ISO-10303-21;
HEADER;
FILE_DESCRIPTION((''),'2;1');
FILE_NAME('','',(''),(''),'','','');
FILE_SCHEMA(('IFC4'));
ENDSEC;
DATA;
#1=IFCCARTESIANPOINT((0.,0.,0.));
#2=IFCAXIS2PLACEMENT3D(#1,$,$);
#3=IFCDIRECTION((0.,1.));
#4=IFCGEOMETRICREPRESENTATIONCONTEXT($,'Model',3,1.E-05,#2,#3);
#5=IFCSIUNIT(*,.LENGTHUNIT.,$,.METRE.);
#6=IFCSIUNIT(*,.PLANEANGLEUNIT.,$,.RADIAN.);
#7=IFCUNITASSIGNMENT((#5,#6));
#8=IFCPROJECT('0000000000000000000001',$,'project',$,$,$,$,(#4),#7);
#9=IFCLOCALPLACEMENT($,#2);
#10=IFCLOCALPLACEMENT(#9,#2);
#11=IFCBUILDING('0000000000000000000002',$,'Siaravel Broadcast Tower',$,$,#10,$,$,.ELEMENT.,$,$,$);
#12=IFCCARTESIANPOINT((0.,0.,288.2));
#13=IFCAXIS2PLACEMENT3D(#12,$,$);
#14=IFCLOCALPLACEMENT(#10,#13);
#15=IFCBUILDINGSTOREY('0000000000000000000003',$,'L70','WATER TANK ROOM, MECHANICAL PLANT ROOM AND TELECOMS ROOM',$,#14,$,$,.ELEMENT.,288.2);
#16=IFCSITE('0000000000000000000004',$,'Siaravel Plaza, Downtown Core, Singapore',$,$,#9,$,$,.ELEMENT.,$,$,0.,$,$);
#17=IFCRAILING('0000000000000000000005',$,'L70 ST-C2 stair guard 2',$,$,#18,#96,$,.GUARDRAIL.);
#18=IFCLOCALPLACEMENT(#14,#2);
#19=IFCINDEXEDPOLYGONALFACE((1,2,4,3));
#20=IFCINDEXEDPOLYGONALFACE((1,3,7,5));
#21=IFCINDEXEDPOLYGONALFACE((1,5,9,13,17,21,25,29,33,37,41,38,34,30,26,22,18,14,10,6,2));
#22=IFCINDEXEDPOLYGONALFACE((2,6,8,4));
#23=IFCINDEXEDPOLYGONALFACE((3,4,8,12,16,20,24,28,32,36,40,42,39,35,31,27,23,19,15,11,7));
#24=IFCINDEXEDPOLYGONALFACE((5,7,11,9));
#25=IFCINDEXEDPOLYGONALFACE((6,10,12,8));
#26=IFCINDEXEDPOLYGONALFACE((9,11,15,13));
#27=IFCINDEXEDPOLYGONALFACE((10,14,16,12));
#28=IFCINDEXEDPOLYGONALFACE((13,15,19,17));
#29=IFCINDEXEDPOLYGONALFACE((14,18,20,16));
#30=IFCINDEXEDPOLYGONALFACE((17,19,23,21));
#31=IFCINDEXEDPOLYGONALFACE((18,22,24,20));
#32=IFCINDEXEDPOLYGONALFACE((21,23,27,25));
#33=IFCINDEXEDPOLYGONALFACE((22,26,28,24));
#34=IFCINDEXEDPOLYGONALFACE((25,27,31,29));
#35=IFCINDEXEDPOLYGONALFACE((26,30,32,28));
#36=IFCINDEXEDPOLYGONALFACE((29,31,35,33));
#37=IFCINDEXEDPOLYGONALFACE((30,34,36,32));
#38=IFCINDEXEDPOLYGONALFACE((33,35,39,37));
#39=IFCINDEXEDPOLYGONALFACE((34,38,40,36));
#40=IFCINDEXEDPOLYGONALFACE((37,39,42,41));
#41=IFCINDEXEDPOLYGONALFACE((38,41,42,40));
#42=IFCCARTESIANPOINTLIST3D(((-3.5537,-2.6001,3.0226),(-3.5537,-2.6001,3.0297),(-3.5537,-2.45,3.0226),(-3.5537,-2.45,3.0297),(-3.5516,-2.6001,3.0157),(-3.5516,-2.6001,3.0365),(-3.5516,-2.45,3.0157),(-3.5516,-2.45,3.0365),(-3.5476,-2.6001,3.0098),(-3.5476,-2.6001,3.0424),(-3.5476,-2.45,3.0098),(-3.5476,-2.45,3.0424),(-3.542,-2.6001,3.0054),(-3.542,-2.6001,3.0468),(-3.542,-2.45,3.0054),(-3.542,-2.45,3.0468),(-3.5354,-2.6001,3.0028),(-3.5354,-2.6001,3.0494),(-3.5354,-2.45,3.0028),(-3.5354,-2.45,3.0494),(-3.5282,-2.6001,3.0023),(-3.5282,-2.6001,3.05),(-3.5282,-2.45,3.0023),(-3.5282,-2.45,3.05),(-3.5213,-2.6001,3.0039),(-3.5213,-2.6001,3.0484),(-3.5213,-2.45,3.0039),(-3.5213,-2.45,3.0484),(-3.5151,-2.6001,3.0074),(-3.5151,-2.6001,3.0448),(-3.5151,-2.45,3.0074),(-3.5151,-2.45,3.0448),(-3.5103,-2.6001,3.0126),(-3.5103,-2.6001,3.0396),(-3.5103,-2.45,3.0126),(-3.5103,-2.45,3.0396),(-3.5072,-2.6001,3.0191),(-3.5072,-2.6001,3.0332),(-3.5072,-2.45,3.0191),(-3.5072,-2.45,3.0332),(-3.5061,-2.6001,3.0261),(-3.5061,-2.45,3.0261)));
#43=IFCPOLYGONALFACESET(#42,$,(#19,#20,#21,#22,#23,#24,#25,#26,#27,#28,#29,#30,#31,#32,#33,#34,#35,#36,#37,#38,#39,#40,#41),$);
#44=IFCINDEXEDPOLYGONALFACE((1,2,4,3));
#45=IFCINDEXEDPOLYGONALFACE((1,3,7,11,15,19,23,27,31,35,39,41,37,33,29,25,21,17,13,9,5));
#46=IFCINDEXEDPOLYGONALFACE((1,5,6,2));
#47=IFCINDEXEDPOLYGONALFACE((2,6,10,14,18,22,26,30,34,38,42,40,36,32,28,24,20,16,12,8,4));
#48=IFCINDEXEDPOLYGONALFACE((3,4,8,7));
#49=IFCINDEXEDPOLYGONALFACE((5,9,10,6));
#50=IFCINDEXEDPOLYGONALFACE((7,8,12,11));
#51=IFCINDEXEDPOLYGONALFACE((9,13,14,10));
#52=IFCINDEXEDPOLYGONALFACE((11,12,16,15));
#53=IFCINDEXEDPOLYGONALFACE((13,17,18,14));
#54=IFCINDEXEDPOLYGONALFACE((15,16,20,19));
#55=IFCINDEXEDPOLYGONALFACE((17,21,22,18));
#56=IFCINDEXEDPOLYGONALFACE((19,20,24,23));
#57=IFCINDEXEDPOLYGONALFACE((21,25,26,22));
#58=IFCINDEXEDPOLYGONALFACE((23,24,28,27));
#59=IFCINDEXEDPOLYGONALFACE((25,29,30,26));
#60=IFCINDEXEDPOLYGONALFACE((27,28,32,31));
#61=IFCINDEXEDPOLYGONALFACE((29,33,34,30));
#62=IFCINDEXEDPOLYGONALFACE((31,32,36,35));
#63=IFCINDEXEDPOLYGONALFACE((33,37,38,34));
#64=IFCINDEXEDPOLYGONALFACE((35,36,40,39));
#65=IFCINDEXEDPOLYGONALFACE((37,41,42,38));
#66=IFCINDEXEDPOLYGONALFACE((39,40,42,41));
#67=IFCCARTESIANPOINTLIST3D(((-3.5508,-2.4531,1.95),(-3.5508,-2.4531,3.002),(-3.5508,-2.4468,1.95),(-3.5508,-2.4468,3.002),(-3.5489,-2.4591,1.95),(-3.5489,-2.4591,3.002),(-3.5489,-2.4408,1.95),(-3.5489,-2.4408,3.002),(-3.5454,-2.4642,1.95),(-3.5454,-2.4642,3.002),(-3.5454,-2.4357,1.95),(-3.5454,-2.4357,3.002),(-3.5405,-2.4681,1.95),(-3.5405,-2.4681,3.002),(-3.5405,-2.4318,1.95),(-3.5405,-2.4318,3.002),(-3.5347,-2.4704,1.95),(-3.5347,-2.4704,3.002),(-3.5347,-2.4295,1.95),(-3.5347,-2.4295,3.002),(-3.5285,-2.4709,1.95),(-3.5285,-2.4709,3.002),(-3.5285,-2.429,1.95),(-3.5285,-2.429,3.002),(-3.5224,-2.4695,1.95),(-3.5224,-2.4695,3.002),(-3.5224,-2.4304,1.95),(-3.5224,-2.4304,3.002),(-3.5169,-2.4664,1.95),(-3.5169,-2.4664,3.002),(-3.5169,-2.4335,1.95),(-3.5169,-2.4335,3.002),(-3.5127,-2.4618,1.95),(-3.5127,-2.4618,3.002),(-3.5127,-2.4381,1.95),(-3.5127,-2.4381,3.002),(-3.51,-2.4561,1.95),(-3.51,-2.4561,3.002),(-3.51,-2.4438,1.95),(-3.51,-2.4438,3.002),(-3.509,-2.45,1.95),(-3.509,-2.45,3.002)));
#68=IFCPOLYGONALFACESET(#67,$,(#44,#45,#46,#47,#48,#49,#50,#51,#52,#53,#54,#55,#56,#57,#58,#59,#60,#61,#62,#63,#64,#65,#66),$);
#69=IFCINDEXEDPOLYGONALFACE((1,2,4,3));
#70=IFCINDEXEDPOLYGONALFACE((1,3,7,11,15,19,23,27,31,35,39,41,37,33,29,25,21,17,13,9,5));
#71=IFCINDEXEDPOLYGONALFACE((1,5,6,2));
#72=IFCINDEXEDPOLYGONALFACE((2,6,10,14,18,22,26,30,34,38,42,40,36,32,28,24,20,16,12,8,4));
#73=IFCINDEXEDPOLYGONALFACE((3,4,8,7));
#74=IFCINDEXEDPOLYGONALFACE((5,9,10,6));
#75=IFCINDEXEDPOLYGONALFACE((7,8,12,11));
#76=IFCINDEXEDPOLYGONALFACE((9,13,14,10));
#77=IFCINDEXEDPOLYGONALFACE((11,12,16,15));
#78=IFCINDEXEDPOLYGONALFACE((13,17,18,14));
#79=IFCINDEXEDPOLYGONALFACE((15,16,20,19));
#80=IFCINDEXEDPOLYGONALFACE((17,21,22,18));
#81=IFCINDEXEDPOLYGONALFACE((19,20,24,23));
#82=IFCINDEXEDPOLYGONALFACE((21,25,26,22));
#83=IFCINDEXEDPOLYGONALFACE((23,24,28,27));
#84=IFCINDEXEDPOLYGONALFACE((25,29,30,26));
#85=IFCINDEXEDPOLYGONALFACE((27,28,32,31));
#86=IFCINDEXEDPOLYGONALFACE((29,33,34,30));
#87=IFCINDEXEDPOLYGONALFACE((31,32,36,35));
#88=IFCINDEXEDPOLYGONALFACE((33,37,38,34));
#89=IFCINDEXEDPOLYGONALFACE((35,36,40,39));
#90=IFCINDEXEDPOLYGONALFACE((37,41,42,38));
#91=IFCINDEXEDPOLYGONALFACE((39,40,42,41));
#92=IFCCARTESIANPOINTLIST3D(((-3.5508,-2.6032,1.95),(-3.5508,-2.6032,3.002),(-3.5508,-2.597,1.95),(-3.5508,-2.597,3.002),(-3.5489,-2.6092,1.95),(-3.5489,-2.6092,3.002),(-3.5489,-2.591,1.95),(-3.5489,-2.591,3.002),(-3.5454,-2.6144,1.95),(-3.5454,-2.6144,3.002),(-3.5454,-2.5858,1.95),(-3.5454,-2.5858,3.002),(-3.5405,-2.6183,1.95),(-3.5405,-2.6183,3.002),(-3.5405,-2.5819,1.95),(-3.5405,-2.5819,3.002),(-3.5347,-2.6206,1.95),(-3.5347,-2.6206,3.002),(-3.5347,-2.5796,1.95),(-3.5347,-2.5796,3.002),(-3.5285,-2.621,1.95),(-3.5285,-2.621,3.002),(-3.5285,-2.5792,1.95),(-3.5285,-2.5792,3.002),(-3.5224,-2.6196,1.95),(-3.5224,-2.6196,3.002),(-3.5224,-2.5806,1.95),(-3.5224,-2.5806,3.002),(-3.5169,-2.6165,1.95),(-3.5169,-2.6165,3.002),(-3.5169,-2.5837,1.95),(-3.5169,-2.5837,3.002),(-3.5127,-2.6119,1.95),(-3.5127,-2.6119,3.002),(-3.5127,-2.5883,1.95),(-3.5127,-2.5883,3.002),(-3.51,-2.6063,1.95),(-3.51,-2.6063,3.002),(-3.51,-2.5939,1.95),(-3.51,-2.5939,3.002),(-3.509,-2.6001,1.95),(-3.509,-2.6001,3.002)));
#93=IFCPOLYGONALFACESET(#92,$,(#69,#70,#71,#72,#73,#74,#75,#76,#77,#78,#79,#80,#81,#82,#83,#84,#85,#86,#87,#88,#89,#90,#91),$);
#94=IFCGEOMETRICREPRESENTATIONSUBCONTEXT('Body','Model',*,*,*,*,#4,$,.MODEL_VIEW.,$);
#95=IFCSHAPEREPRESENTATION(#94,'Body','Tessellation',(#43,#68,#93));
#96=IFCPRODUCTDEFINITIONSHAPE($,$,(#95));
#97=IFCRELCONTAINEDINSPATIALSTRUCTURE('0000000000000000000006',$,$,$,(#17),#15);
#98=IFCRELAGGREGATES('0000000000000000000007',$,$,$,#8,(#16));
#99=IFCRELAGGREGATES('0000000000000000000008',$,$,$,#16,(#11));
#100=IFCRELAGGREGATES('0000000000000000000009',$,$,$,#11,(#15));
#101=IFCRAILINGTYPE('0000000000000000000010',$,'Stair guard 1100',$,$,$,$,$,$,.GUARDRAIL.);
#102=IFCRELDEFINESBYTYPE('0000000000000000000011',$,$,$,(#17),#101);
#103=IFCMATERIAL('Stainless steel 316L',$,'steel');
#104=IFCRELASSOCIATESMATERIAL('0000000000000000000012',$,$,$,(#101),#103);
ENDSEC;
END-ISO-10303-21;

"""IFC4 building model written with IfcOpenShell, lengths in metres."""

from ifc_helpers import new_model, si_unit, direction, frame, origin, origin_2d, place, context, subcontext, project, spatial, circle, extrude, material, type_object, element, save


model = new_model("IFC4")

# Units and contexts
model_context = context("Model", 3, precision=1e-05, world=origin(), true_north=direction((0.0, 1.0)))
body_context = subcontext(model_context, "Body", "Model", "MODEL_VIEW")
ifc_project = project(units=[si_unit("LENGTHUNIT", "METRE"), si_unit("PLANEANGLEUNIT", "RADIAN")], contexts=[model_context])

# Site, building, storey
site_placement = place(None, origin())
site = spatial("IfcSite", under=ifc_project, at=site_placement, Name="Siaravel Plaza, Downtown Core, Singapore", CompositionType="ELEMENT", RefElevation=0.0)
building_placement = place(site_placement, origin())
building = spatial("IfcBuilding", under=site, at=building_placement, Name="Siaravel Broadcast Tower", CompositionType="ELEMENT")
storey_placement = place(building_placement, frame((0.0, 0.0, 288.2)))
storey = spatial("IfcBuildingStorey", under=building, at=storey_placement, Name="L70", Description="WATER TANK ROOM, MECHANICAL PLANT ROOM AND TELECOMS ROOM", CompositionType="ELEMENT", Elevation=288.2)

# Shared definitions
ifc_material_1 = material(Name="Stainless steel 316L", Category="steel")

# Railing
railing_type_1 = type_object("IfcRailingType", Name="Stair guard 1100", PredefinedType="GUARDRAIL", material=ifc_material_1)
railing_1_placement = place(storey_placement, frame((-3.53, -2.45, 1.95)))
element("IfcRailing", 1, at=railing_1_placement, inside=storey, type_object=railing_type_1, Name="L70 ST-C2 stair guard 2", PredefinedType="GUARDRAIL", context=body_context, shape_type="SweptSolid", body=[
    extrude(circle(Radius=0.0239, at=origin_2d()), frame((0.0, 0.0, 1.0762), z_axis=(0.0, -1.0, 0.0), x_axis=(1.0, 0.0, 0.0)), (0.0, 0.0, 1.0), 0.1501),
    extrude(circle(Radius=0.021, at=origin_2d()), origin(), (0.0, 0.0, 1.0), 1.052),
    extrude(circle(Radius=0.021, at=origin_2d()), frame((0.0, -0.1501, 0.0)), (0.0, 0.0, 1.0), 1.052),
])

save(model, "model.ifc")
